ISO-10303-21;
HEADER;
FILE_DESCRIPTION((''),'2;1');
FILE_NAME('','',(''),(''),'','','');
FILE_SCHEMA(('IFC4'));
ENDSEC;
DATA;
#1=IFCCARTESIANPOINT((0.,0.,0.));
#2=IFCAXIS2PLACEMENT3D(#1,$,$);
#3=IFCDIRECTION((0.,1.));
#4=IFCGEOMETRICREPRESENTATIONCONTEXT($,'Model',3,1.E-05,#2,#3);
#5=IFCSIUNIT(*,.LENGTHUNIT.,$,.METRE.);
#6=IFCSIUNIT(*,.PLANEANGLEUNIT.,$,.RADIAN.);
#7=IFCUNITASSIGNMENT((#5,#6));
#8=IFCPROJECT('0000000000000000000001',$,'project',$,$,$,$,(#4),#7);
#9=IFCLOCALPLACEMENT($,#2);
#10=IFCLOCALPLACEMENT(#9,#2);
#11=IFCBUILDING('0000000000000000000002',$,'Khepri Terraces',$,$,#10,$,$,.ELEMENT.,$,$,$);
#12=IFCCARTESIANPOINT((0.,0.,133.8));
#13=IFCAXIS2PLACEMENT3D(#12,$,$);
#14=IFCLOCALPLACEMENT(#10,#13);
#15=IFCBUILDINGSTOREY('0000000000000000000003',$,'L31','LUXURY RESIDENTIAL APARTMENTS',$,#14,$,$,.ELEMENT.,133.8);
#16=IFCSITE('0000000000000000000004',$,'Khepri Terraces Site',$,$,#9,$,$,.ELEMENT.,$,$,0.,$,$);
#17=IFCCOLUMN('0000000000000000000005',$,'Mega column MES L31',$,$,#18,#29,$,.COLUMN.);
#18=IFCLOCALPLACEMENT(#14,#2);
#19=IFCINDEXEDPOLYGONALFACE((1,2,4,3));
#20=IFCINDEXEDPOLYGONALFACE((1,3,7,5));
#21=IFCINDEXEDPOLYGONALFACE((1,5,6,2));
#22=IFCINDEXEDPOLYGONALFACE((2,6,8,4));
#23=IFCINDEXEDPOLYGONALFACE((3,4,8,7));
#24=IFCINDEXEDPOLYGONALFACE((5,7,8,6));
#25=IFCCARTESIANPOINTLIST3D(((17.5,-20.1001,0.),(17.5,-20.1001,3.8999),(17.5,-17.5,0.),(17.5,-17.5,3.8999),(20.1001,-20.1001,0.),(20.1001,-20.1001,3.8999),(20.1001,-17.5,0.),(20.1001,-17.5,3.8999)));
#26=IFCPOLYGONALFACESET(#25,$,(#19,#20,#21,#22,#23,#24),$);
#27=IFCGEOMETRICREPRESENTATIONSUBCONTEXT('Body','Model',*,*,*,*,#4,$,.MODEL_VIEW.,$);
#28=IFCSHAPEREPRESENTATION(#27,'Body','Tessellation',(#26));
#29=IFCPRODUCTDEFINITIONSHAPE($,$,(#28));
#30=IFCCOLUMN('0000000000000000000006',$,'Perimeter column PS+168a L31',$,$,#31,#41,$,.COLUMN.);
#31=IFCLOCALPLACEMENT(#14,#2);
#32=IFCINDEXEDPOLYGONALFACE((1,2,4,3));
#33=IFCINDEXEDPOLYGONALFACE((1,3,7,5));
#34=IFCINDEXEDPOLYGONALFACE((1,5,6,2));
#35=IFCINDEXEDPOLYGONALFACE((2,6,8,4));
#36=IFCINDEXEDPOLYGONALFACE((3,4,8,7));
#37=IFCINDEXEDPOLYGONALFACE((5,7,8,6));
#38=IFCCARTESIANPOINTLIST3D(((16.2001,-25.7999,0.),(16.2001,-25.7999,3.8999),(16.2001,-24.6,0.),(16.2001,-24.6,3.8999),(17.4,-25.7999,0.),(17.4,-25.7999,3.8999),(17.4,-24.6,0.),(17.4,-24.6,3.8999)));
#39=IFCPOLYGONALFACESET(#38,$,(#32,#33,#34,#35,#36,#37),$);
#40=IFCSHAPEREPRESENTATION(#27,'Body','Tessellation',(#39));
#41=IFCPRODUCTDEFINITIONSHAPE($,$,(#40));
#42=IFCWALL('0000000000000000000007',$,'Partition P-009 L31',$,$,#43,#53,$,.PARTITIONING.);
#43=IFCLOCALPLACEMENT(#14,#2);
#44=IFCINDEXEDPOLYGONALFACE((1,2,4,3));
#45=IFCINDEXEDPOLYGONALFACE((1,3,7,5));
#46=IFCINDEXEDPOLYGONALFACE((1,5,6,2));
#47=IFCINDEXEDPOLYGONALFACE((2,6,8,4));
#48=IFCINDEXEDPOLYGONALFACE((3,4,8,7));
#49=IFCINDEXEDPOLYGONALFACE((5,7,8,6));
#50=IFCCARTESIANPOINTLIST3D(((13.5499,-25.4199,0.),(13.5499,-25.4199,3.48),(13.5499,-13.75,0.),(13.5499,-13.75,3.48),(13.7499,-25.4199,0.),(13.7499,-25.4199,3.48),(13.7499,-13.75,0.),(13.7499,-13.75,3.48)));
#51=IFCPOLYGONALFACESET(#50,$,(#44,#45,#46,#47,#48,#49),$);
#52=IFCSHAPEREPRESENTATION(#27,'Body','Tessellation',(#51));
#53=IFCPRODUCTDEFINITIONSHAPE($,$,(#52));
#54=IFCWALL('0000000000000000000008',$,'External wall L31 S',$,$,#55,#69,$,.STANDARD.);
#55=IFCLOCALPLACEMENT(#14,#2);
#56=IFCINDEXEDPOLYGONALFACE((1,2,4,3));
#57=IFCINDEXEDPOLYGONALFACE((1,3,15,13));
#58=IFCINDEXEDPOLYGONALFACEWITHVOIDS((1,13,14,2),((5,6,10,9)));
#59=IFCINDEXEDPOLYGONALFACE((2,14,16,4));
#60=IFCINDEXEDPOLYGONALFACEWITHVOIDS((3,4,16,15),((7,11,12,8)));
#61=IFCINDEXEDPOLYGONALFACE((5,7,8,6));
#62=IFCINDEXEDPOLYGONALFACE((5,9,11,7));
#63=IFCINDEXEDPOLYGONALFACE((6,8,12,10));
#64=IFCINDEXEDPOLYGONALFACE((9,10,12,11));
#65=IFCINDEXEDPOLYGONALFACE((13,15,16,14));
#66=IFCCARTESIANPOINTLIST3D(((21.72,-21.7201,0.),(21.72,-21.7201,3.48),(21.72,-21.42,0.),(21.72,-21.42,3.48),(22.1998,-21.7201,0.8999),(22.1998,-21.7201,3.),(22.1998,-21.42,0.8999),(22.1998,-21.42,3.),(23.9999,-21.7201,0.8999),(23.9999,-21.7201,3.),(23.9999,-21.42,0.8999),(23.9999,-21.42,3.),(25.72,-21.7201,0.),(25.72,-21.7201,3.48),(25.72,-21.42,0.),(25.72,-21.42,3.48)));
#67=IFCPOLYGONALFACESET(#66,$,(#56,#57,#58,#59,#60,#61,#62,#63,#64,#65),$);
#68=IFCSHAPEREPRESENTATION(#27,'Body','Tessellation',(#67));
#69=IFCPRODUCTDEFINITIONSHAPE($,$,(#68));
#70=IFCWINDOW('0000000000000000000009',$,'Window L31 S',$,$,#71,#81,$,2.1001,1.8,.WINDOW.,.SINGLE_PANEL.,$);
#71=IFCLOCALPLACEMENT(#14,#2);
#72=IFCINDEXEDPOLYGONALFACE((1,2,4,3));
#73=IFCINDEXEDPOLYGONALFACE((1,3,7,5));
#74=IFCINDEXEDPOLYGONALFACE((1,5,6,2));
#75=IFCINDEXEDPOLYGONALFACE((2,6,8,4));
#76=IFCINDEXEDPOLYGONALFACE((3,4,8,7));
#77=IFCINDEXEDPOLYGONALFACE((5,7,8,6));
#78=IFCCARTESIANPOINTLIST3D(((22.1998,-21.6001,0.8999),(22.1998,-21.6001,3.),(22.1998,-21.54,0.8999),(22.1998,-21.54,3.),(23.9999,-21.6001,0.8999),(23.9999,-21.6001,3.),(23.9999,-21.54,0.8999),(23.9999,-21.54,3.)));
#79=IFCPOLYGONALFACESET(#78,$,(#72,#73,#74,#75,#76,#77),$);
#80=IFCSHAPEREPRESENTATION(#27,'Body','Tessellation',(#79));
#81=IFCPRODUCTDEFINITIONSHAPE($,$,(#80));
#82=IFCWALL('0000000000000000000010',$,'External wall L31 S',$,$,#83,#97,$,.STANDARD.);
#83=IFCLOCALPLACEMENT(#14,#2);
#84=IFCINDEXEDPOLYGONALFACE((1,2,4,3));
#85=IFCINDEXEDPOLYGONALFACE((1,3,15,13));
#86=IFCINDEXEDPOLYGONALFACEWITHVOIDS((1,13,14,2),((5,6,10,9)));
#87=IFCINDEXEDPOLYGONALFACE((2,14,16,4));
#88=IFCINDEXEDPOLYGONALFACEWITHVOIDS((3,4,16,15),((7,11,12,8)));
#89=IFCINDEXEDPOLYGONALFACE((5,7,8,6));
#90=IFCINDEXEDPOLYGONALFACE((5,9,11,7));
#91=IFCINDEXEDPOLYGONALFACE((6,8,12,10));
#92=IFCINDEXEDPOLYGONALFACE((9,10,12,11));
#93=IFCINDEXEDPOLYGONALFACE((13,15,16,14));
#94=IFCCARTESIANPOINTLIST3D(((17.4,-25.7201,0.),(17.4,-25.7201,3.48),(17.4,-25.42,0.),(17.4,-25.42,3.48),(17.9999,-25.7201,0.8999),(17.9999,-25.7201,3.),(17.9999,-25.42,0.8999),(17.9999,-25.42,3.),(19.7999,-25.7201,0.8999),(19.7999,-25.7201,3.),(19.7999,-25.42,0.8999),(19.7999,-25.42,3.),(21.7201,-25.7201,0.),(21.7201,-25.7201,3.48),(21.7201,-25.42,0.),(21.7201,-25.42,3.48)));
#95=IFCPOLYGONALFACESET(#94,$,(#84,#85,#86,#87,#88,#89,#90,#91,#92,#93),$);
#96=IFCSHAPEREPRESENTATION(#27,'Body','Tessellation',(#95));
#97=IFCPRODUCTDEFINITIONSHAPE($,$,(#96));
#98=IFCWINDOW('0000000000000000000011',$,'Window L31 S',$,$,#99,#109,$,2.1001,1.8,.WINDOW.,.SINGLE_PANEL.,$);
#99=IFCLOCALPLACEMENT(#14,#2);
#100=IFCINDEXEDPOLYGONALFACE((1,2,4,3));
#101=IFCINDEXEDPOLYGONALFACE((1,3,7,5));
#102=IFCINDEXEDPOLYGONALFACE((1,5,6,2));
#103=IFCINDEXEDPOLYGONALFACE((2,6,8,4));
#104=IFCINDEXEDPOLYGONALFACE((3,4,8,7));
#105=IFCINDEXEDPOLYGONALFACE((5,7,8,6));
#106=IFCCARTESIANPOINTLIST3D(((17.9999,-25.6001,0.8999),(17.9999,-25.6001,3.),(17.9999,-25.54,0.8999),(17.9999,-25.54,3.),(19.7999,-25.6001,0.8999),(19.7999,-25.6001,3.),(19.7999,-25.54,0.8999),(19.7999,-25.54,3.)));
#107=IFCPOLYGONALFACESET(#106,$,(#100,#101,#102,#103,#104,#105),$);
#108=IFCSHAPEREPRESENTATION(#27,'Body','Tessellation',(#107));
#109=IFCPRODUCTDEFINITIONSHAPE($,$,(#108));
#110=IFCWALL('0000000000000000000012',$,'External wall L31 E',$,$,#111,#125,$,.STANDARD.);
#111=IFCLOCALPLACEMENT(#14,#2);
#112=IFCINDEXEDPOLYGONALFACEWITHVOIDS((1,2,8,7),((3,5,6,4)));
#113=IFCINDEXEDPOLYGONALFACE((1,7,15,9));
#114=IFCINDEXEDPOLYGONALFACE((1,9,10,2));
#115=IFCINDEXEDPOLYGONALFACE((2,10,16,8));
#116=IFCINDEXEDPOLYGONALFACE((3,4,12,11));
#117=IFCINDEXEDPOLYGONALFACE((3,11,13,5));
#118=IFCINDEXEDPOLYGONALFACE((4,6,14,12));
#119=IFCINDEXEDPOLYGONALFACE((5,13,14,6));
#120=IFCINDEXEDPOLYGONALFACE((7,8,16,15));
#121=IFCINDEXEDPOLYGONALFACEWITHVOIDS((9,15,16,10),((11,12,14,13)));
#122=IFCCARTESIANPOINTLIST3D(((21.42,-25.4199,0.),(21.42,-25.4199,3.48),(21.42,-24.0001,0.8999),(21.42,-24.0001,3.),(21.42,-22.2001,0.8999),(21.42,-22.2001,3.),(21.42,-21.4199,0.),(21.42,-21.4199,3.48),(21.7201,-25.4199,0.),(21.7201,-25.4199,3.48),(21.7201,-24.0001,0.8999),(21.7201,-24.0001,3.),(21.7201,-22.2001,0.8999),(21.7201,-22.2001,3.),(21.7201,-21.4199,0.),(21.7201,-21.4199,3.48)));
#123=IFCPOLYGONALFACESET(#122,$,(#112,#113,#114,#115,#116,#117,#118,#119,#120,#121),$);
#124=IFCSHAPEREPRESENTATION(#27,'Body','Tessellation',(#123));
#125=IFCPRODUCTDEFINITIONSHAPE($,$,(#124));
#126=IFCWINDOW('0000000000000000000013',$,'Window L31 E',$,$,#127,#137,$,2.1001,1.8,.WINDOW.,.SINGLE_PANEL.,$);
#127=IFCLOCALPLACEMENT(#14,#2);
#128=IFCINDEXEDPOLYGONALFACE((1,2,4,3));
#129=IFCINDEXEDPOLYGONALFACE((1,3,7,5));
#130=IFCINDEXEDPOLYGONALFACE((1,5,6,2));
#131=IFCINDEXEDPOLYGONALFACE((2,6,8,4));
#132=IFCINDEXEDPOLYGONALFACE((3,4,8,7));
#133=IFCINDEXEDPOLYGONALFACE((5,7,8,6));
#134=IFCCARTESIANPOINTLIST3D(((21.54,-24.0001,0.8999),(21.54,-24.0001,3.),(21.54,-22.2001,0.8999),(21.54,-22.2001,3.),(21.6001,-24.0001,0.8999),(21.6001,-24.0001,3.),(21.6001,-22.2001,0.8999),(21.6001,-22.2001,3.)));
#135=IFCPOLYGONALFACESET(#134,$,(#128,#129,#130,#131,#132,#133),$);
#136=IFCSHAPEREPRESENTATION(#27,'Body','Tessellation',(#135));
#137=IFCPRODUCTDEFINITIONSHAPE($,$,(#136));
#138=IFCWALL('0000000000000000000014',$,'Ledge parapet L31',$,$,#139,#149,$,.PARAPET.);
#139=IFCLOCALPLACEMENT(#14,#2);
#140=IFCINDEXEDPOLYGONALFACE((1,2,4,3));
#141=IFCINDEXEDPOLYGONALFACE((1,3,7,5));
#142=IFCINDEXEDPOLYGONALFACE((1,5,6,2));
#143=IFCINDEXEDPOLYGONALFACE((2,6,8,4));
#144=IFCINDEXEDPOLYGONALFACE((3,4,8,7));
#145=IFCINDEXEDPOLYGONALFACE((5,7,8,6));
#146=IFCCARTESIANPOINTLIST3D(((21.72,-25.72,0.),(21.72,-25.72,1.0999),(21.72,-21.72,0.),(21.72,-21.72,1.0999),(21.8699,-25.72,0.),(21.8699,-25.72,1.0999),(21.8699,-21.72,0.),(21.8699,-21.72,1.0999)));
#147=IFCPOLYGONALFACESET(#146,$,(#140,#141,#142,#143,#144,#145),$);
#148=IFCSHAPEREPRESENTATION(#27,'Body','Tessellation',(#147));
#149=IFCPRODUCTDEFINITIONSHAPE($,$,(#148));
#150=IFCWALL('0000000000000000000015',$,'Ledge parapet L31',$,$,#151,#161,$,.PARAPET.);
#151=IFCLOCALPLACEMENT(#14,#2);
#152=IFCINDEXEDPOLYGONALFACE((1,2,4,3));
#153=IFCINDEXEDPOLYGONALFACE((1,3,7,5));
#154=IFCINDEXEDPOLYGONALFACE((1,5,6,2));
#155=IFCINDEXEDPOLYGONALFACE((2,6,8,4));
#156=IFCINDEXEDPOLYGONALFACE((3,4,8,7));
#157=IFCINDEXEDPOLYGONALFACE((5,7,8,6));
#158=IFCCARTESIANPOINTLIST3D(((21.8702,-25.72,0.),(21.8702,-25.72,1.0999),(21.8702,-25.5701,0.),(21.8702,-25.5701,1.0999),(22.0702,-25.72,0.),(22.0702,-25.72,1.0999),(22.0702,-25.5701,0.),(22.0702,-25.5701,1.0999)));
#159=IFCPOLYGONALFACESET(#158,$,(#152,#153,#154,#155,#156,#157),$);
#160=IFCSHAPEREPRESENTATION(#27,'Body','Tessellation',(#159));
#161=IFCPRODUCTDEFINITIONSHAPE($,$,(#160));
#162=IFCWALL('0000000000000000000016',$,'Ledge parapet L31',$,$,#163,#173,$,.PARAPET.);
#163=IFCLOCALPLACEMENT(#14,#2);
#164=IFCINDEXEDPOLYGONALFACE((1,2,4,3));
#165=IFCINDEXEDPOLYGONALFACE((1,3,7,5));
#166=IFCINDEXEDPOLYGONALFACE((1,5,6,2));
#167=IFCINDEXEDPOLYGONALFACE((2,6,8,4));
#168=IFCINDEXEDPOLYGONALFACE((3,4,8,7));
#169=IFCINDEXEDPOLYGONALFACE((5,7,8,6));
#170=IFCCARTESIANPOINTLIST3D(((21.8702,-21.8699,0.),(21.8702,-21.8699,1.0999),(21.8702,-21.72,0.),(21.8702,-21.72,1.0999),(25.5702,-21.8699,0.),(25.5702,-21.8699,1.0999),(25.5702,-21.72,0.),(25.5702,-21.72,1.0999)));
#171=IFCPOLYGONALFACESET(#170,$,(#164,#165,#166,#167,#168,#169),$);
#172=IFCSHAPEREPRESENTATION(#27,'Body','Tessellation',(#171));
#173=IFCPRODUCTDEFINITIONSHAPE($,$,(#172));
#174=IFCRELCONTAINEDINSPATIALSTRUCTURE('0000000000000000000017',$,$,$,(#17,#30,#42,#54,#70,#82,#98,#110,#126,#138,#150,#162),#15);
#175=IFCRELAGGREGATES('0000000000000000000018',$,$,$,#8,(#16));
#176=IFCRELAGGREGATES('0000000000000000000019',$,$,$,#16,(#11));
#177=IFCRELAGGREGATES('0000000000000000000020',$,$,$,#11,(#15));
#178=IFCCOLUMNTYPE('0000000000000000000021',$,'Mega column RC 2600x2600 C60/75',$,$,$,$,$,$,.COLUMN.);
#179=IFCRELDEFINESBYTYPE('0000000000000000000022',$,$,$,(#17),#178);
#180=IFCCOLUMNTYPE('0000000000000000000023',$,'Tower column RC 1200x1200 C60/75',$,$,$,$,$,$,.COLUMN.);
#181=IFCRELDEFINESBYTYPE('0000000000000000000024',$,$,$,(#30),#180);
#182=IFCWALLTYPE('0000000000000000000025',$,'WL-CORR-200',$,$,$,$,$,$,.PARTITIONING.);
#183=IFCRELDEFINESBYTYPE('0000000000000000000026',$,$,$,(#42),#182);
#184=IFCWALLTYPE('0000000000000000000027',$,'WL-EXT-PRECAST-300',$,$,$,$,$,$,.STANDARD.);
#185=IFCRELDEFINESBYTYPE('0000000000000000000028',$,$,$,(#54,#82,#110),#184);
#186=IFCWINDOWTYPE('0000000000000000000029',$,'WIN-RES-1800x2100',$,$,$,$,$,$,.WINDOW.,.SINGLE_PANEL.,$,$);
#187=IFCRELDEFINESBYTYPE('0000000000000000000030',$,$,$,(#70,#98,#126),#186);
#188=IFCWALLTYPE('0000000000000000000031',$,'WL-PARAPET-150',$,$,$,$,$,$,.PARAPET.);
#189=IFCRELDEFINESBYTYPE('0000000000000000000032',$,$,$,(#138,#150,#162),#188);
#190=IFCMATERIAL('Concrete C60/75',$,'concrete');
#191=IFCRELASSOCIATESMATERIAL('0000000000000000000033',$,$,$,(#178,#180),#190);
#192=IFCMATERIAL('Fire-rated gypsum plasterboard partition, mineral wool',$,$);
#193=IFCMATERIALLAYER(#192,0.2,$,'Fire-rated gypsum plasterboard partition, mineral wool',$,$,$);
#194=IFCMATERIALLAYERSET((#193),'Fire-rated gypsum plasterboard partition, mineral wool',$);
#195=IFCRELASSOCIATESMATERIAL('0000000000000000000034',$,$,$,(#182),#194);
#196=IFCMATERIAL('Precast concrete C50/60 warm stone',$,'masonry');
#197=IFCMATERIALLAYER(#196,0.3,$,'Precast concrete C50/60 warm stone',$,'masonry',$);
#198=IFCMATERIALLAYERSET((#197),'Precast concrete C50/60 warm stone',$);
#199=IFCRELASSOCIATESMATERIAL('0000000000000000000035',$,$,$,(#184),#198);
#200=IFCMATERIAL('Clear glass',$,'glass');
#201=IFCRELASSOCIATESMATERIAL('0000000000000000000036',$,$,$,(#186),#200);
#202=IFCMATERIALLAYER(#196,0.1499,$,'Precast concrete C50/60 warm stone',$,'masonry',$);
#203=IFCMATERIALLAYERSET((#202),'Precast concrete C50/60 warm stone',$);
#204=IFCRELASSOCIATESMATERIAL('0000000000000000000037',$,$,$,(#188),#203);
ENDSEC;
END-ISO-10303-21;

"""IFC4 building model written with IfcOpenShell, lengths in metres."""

from ifc_helpers import new_model, si_unit, direction, frame, frame_2d, origin, origin_2d, place, context, subcontext, project, spatial, rectangle, extrude, material, layer, layer_set, material_profile, profile_set, type_object, element, fill, save


model = new_model("IFC4")

# Units and contexts
model_context = context("Model", 3, precision=1e-05, world=origin(), true_north=direction((0.0, 1.0)))
body_context = subcontext(model_context, "Body", "Model", "MODEL_VIEW")
ifc_project = project(units=[si_unit("LENGTHUNIT", "METRE"), si_unit("PLANEANGLEUNIT", "RADIAN")], contexts=[model_context])

# Site, building, storey
site_placement = place(None, origin())
site = spatial("IfcSite", under=ifc_project, at=site_placement, Name="Khepri Terraces Site", CompositionType="ELEMENT", RefElevation=0.0)
building_placement = place(site_placement, origin())
building = spatial("IfcBuilding", under=site, at=building_placement, Name="Khepri Terraces", CompositionType="ELEMENT")
storey_placement = place(building_placement, frame((0.0, 0.0, 133.8)))
storey = spatial("IfcBuildingStorey", under=building, at=storey_placement, Name="L31", Description="LUXURY RESIDENTIAL APARTMENTS", CompositionType="ELEMENT", Elevation=133.8)

# Columns
ifc_material_1 = material(Name="Concrete C60/75", Category="concrete")
ifc_material_profile_1 = material_profile(ifc_material_1, rectangle(XDim=2.6001, YDim=2.6001, at=origin_2d()), Name="Concrete C60/75", Category="concrete")
ifc_profile_set_1 = profile_set([ifc_material_profile_1], Name="Concrete C60/75")
column_type_1 = type_object("IfcColumnType", Name="Mega column RC 2600x2600 C60/75", PredefinedType="COLUMN", material=ifc_profile_set_1)
column_1_placement = place(storey_placement, frame((18.8, -18.8, 0.0), z_axis=(0.0, 0.0, 1.0), x_axis=(1.0, 0.0, 0.0)))
element("IfcColumn", 1, at=column_1_placement, inside=storey, type_object=column_type_1, Name="Mega column MES L31", PredefinedType="COLUMN", context=body_context, shape_type="SweptSolid", body=[
    extrude(rectangle(XDim=2.6001, YDim=2.6001, at=origin_2d()), origin(), (0.0, 0.0, 1.0), 3.8999),
])
ifc_material_profile_2 = material_profile(ifc_material_1, rectangle(XDim=1.2, YDim=1.2, at=origin_2d()), Name="Concrete C60/75", Category="concrete")
ifc_profile_set_2 = profile_set([ifc_material_profile_2], Name="Concrete C60/75")
column_type_2 = type_object("IfcColumnType", Name="Tower column RC 1200x1200 C60/75", PredefinedType="COLUMN", material=ifc_profile_set_2)
column_2_placement = place(storey_placement, frame((16.8, -25.2, 0.0), z_axis=(0.0, 0.0, 1.0), x_axis=(1.0, 0.0, 0.0)))
element("IfcColumn", 2, at=column_2_placement, inside=storey, type_object=column_type_2, Name="Perimeter column PS+168a L31", PredefinedType="COLUMN", context=body_context, shape_type="SweptSolid", body=[
    extrude(rectangle(XDim=1.2, YDim=1.2, at=origin_2d()), origin(), (0.0, 0.0, 1.0), 3.8999),
])

# Wall
ifc_material_2 = material(Name="Fire-rated gypsum plasterboard partition, mineral wool")
ifc_layer_1 = layer(ifc_material_2, 0.2, Name="Fire-rated gypsum plasterboard partition, mineral wool")
ifc_layer_set_1 = layer_set([ifc_layer_1], Name="Fire-rated gypsum plasterboard partition, mineral wool")
wall_type_1 = type_object("IfcWallType", Name="WL-CORR-200", PredefinedType="PARTITIONING", material=ifc_layer_set_1)
wall_1_placement = place(storey_placement, frame((13.6499, -25.4199, 0.0), z_axis=(0.0, 0.0, 1.0), x_axis=(0.0, 1.0, 0.0)))
element("IfcWall", 3, at=wall_1_placement, inside=storey, type_object=wall_type_1, Name="Partition P-009 L31", PredefinedType="PARTITIONING", context=body_context, shape_type="SweptSolid", body=[
    extrude(rectangle(XDim=11.6699, YDim=0.2, at=frame_2d((5.835, 0.0))), origin(), (0.0, 0.0, 1.0), 3.48),
])

# Wall, opening, window
ifc_material_3 = material(Name="Precast concrete C50/60 warm stone", Category="masonry")
ifc_layer_2 = layer(ifc_material_3, 0.3, Name="Precast concrete C50/60 warm stone", Category="masonry")
ifc_layer_set_2 = layer_set([ifc_layer_2], Name="Precast concrete C50/60 warm stone")
wall_type_2 = type_object("IfcWallType", Name="WL-EXT-PRECAST-300", PredefinedType="STANDARD", material=ifc_layer_set_2)
wall_2_placement = place(storey_placement, frame((21.72, -21.5701, 0.0), z_axis=(0.0, 0.0, 1.0), x_axis=(1.0, 0.0, 0.0)))
wall_2 = element("IfcWall", 4, at=wall_2_placement, inside=storey, type_object=wall_type_2, Name="External wall L31 S", PredefinedType="STANDARD", context=body_context, shape_type="SweptSolid", body=[
    extrude(rectangle(XDim=4.0, YDim=0.3, at=frame_2d((2.0, 0.0))), origin(), (0.0, 0.0, 1.0), 3.48),
])
opening_1_placement = place(wall_2_placement, frame((0.48, 0.0, 0.8999)))
opening_1 = element("IfcOpeningElement", 5, at=opening_1_placement, cuts=wall_2, PredefinedType="OPENING", context=body_context, shape_type="SweptSolid", body=[
    extrude(rectangle(XDim=1.8, YDim=2.1001, at=frame_2d((0.8999, 1.05))), frame((0.0, 0.1602, 0.0), z_axis=(0.0, -1.0, 0.0), x_axis=(1.0, 0.0, 0.0)), (0.0, 0.0, 1.0), 0.3201),
])
ifc_material_4 = material(Name="Clear glass", Category="glass")
window_type = type_object("IfcWindowType", Name="WIN-RES-1800x2100", PartitioningType="SINGLE_PANEL", PredefinedType="WINDOW", material=ifc_material_4)
window_1_placement = place(opening_1_placement, origin())
window_1 = element("IfcWindow", 6, at=window_1_placement, inside=storey, type_object=window_type, Name="Window L31 S", OverallHeight=2.1001, OverallWidth=1.8, PartitioningType="SINGLE_PANEL", PredefinedType="WINDOW", context=body_context, shape_type="SweptSolid", body=[
    extrude(rectangle(XDim=1.8, YDim=2.1001, at=frame_2d((0.8999, 1.05))), frame((0.0, 0.03, 0.0), z_axis=(0.0, -1.0, 0.0), x_axis=(1.0, 0.0, 0.0)), (0.0, 0.0, 1.0), 0.0601),
])
fill(opening_1, window_1)

# Walls, openings, windows
wall_3_placement = place(storey_placement, frame((17.3999, -25.5701, 0.0), z_axis=(0.0, 0.0, 1.0), x_axis=(1.0, 0.0, 0.0)))
wall_3 = element("IfcWall", 7, at=wall_3_placement, inside=storey, type_object=wall_type_2, Name="External wall L31 S", PredefinedType="STANDARD", context=body_context, shape_type="SweptSolid", body=[
    extrude(rectangle(XDim=4.3201, YDim=0.3, at=frame_2d((2.1602, 0.0))), origin(), (0.0, 0.0, 1.0), 3.48),
])
opening_2_placement = place(wall_3_placement, frame((0.6001, 0.0, 0.8999)))
opening_2 = element("IfcOpeningElement", 8, at=opening_2_placement, cuts=wall_3, PredefinedType="OPENING", context=body_context, shape_type="SweptSolid", body=[
    extrude(rectangle(XDim=1.8, YDim=2.1001, at=frame_2d((0.8999, 1.05))), frame((0.0, 0.1602, 0.0), z_axis=(0.0, -1.0, 0.0), x_axis=(1.0, 0.0, 0.0)), (0.0, 0.0, 1.0), 0.3201),
])
window_2_placement = place(opening_2_placement, origin())
window_2 = element("IfcWindow", 9, at=window_2_placement, inside=storey, type_object=window_type, Name="Window L31 S", OverallHeight=2.1001, OverallWidth=1.8, PartitioningType="SINGLE_PANEL", PredefinedType="WINDOW", context=body_context, shape_type="SweptSolid", body=[
    extrude(rectangle(XDim=1.8, YDim=2.1001, at=frame_2d((0.8999, 1.05))), frame((0.0, 0.03, 0.0), z_axis=(0.0, -1.0, 0.0), x_axis=(1.0, 0.0, 0.0)), (0.0, 0.0, 1.0), 0.0601),
])
fill(opening_2, window_2)
wall_4_placement = place(storey_placement, frame((21.5701, -25.4199, 0.0), z_axis=(0.0, 0.0, 1.0), x_axis=(0.0, 1.0, 0.0)))
wall_4 = element("IfcWall", 10, at=wall_4_placement, inside=storey, type_object=wall_type_2, Name="External wall L31 E", PredefinedType="STANDARD", context=body_context, shape_type="SweptSolid", body=[
    extrude(rectangle(XDim=4.0, YDim=0.3, at=frame_2d((2.0, 0.0))), origin(), (0.0, 0.0, 1.0), 3.48),
])
opening_3_placement = place(wall_4_placement, frame((1.4199, 0.0, 0.8999)))
opening_3 = element("IfcOpeningElement", 11, at=opening_3_placement, cuts=wall_4, PredefinedType="OPENING", context=body_context, shape_type="SweptSolid", body=[
    extrude(rectangle(XDim=1.8, YDim=2.1001, at=frame_2d((0.8999, 1.05))), frame((0.0, 0.1602, 0.0), z_axis=(0.0, -1.0, 0.0), x_axis=(1.0, 0.0, 0.0)), (0.0, 0.0, 1.0), 0.3201),
])
window_3_placement = place(opening_3_placement, origin())
window_3 = element("IfcWindow", 12, at=window_3_placement, inside=storey, type_object=window_type, Name="Window L31 E", OverallHeight=2.1001, OverallWidth=1.8, PartitioningType="SINGLE_PANEL", PredefinedType="WINDOW", context=body_context, shape_type="SweptSolid", body=[
    extrude(rectangle(XDim=1.8, YDim=2.1001, at=frame_2d((0.8999, 1.05))), frame((0.0, 0.03, 0.0), z_axis=(0.0, -1.0, 0.0), x_axis=(1.0, 0.0, 0.0)), (0.0, 0.0, 1.0), 0.0601),
])
fill(opening_3, window_3)

# Walls
ifc_layer_3 = layer(ifc_material_3, 0.1499, Name="Precast concrete C50/60 warm stone", Category="masonry")
ifc_layer_set_3 = layer_set([ifc_layer_3], Name="Precast concrete C50/60 warm stone")
wall_type_3 = type_object("IfcWallType", Name="WL-PARAPET-150", PredefinedType="PARAPET", material=ifc_layer_set_3)
wall_5_placement = place(storey_placement, frame((21.7949, -25.72, 0.0), z_axis=(0.0, 0.0, 1.0), x_axis=(0.0, 1.0, 0.0)))
element("IfcWall", 13, at=wall_5_placement, inside=storey, type_object=wall_type_3, Name="Ledge parapet L31", PredefinedType="PARAPET", context=body_context, shape_type="SweptSolid", body=[
    extrude(rectangle(XDim=4.0, YDim=0.1499, at=frame_2d((2.0, 0.0))), origin(), (0.0, 0.0, 1.0), 1.0999),
])
wall_6_placement = place(storey_placement, frame((21.8701, -25.645, 0.0), z_axis=(0.0, 0.0, 1.0), x_axis=(1.0, 0.0, 0.0)))
element("IfcWall", 14, at=wall_6_placement, inside=storey, type_object=wall_type_3, Name="Ledge parapet L31", PredefinedType="PARAPET", context=body_context, shape_type="SweptSolid", body=[
    extrude(rectangle(XDim=0.2, YDim=0.1499, at=frame_2d((0.1001, 0.0))), origin(), (0.0, 0.0, 1.0), 1.0999),
])
wall_7_placement = place(storey_placement, frame((21.8701, -21.7949, 0.0), z_axis=(0.0, 0.0, 1.0), x_axis=(1.0, 0.0, 0.0)))
element("IfcWall", 15, at=wall_7_placement, inside=storey, type_object=wall_type_3, Name="Ledge parapet L31", PredefinedType="PARAPET", context=body_context, shape_type="SweptSolid", body=[
    extrude(rectangle(XDim=3.7, YDim=0.1499, at=frame_2d((1.8501, 0.0))), origin(), (0.0, 0.0, 1.0), 1.0999),
])

save(model, "model.ifc")
